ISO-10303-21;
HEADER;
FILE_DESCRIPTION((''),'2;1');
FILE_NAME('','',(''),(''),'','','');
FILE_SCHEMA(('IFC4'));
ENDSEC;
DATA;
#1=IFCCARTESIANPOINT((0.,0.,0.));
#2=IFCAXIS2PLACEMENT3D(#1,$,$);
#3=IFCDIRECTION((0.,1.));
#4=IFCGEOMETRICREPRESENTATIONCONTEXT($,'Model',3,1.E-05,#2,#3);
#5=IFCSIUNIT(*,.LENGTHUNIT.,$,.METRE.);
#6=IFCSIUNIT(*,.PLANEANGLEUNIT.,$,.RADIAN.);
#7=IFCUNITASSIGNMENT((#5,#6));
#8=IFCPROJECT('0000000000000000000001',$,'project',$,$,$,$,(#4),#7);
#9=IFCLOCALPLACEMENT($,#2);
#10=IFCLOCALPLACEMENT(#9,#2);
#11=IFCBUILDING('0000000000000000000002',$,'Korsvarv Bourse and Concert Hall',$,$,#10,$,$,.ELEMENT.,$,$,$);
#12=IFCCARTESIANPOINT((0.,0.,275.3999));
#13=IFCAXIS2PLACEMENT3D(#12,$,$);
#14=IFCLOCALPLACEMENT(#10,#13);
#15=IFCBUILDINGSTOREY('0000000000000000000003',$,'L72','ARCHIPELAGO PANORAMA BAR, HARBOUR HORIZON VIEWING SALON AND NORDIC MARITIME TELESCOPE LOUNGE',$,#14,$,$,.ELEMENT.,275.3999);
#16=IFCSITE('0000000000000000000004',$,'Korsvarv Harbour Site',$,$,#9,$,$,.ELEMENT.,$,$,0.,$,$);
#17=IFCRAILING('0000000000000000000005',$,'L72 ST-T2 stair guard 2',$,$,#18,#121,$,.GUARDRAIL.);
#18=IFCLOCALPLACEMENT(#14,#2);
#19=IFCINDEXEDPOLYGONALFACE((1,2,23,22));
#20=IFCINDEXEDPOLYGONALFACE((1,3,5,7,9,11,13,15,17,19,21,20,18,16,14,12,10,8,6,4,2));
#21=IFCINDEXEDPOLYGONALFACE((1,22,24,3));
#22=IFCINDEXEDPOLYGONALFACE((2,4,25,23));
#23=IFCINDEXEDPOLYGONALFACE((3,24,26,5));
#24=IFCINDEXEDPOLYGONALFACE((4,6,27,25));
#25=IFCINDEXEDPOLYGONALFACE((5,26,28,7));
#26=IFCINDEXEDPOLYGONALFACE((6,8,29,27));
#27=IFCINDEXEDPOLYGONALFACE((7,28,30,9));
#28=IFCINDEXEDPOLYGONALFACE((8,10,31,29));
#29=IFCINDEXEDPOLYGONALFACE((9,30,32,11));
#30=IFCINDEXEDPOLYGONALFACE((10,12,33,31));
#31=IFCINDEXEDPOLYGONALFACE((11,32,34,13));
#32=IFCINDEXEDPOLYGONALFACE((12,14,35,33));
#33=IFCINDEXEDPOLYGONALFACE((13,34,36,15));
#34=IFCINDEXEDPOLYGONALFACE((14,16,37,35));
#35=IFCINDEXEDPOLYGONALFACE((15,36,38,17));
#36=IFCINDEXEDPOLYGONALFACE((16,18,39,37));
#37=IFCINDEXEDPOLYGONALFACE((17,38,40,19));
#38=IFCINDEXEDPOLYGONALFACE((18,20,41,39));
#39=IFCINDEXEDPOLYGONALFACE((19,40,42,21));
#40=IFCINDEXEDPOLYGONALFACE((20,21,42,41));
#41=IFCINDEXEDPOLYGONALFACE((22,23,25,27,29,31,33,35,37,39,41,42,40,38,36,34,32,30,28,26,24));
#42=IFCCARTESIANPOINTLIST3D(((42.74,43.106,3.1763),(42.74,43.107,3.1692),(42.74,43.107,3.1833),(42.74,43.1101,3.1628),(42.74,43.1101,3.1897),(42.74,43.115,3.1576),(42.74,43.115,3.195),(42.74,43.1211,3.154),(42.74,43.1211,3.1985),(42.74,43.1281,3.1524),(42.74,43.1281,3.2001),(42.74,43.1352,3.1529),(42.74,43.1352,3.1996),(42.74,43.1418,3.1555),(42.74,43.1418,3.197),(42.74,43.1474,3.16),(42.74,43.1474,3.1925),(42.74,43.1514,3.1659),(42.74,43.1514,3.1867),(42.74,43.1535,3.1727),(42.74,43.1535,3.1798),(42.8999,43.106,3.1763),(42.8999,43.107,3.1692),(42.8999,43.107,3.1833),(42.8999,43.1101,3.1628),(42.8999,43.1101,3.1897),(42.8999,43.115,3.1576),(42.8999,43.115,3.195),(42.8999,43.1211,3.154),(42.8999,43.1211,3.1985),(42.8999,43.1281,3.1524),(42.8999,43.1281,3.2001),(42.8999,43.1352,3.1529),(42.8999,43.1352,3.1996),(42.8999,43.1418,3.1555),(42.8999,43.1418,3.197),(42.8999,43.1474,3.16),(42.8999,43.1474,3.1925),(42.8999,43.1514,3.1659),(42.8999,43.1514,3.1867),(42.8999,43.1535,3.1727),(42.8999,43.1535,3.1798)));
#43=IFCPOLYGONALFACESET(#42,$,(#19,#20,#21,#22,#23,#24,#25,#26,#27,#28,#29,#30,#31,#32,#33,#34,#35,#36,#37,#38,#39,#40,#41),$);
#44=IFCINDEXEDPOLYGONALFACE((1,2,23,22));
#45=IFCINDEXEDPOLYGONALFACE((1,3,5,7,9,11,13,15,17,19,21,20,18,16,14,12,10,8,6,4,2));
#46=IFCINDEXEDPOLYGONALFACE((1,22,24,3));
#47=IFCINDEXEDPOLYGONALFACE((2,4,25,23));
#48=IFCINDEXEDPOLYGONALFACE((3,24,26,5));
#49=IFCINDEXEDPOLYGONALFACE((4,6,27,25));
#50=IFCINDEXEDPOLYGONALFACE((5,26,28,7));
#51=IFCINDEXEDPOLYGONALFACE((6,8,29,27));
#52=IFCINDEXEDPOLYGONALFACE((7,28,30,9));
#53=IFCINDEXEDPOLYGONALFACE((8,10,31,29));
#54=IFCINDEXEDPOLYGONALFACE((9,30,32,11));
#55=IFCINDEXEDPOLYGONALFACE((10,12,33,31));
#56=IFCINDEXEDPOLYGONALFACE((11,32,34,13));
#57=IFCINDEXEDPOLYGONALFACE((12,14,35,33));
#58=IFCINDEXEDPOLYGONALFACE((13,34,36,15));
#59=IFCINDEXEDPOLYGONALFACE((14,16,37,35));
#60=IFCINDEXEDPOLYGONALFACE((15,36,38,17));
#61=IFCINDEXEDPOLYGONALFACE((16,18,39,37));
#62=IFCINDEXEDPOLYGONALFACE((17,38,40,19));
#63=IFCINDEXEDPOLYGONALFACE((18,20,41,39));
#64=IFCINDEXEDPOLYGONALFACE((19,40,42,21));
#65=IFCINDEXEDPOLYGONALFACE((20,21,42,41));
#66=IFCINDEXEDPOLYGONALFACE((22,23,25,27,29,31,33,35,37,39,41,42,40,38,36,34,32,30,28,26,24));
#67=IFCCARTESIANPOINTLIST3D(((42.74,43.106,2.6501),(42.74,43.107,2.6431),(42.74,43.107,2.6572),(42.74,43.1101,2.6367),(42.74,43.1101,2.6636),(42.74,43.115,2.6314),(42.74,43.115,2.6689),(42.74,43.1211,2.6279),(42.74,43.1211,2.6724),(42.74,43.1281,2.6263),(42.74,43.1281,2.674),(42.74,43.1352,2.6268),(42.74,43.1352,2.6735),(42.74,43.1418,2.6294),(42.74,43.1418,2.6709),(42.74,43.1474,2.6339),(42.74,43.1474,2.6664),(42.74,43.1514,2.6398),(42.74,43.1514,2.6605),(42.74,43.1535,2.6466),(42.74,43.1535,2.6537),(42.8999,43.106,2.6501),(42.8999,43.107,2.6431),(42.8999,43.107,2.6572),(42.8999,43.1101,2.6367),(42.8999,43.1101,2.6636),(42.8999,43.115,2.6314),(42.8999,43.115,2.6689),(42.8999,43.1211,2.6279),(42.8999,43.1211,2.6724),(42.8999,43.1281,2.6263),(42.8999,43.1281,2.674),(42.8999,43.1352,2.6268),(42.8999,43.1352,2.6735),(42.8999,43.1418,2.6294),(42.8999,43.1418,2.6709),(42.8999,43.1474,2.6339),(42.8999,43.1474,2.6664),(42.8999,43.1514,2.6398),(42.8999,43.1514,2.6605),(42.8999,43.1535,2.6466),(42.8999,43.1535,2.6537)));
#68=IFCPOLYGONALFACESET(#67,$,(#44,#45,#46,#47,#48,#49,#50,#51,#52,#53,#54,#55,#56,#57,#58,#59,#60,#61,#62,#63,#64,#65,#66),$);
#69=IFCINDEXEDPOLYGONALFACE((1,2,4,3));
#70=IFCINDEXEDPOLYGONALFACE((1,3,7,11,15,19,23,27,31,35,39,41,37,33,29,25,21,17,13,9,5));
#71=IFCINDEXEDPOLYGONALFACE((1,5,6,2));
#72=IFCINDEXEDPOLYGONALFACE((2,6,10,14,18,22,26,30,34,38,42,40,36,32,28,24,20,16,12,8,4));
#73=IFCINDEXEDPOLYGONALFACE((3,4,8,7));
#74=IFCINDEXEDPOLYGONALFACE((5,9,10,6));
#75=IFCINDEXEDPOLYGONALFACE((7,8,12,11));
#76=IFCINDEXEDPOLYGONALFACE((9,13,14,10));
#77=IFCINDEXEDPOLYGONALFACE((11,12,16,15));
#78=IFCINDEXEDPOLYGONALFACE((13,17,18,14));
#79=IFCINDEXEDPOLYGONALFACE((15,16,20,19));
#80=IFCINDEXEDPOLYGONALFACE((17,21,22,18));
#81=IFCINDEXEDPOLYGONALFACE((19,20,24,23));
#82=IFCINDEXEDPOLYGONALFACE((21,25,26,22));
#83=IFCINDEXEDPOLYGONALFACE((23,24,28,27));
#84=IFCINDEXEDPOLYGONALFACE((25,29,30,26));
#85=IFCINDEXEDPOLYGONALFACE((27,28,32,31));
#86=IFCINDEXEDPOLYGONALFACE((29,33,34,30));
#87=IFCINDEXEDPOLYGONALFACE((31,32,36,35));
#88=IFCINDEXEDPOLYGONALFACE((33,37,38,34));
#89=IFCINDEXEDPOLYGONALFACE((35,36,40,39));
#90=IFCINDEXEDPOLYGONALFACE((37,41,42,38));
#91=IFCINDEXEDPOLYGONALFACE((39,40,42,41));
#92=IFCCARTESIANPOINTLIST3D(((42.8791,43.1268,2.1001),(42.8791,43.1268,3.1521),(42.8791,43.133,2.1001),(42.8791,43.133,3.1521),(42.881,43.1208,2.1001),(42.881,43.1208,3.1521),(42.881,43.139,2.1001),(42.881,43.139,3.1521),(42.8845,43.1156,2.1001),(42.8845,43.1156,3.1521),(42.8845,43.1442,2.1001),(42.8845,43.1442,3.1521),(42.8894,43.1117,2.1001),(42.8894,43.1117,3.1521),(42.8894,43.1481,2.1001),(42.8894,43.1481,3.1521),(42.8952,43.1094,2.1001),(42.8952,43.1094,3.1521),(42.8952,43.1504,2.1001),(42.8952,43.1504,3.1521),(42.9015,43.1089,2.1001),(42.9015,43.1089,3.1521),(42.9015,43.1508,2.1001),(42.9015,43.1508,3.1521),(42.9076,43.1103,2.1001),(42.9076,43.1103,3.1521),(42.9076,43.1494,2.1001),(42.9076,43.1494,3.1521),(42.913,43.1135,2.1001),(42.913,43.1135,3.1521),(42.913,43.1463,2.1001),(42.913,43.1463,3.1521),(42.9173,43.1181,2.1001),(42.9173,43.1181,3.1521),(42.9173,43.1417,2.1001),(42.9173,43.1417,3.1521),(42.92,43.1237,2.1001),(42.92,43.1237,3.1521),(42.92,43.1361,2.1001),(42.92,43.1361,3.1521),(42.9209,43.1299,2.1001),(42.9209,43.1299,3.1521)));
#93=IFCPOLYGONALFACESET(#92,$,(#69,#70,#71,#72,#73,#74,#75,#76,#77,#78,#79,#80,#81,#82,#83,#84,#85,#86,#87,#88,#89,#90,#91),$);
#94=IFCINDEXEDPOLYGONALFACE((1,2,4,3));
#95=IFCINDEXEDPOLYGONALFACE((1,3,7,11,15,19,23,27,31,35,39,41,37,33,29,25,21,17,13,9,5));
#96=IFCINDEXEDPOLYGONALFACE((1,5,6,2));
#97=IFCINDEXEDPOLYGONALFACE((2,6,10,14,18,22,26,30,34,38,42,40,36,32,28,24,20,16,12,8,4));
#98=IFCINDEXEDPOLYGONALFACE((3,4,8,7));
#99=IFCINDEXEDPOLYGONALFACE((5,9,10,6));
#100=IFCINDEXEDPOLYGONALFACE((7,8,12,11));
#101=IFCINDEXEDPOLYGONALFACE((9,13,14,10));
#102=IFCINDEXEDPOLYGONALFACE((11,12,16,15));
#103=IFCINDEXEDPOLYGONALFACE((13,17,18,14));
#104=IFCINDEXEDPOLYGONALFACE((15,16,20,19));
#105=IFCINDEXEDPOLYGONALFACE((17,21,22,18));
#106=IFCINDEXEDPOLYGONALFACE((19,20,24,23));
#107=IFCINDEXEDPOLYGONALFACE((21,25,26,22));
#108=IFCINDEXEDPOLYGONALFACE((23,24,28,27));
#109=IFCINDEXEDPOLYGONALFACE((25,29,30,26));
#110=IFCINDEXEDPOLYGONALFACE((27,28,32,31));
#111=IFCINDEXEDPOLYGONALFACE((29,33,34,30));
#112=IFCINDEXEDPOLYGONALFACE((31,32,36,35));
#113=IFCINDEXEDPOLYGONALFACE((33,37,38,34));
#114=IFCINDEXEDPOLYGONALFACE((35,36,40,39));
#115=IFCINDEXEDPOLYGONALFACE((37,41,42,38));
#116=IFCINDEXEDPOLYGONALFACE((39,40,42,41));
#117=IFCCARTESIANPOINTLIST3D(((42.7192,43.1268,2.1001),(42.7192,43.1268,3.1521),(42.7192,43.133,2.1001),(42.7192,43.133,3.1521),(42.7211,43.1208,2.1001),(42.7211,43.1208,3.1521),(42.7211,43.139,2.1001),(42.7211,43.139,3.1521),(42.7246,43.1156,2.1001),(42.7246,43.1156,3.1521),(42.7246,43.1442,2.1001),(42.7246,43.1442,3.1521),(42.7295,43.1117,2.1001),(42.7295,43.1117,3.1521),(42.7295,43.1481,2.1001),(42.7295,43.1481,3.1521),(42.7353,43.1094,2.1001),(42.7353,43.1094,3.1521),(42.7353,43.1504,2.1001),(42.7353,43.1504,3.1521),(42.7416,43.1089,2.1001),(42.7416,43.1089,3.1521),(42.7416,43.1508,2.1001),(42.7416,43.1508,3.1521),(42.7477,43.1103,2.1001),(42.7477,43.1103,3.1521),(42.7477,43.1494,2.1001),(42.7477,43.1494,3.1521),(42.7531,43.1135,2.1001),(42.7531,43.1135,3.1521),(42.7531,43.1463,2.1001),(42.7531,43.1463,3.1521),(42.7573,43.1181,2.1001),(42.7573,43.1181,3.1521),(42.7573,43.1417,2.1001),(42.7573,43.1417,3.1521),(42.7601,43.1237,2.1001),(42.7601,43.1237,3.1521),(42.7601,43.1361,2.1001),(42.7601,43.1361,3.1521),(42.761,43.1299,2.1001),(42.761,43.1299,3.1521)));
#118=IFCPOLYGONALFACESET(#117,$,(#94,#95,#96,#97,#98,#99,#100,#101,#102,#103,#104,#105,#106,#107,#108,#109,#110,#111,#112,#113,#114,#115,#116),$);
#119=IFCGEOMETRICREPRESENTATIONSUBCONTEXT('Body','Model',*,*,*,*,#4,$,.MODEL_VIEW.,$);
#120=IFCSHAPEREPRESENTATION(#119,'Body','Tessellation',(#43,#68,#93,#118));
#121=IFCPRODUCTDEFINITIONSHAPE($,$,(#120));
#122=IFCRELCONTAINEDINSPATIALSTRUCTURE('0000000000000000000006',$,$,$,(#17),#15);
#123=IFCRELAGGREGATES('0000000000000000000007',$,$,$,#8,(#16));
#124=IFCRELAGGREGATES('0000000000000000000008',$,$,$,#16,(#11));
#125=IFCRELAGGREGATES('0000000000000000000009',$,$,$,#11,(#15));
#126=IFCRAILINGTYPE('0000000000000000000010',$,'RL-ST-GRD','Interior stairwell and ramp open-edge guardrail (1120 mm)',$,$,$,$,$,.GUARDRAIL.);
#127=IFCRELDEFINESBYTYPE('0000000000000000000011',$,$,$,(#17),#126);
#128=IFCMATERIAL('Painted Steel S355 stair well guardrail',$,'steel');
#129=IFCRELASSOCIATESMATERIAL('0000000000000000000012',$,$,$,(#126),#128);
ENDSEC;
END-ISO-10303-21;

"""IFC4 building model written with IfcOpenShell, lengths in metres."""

from ifc_helpers import new_model, si_unit, direction, frame, origin, origin_2d, place, context, subcontext, project, spatial, circle, extrude, material, type_object, element, save


model = new_model("IFC4")

# Units and contexts
model_context = context("Model", 3, precision=1e-05, world=origin(), true_north=direction((0.0, 1.0)))
body_context = subcontext(model_context, "Body", "Model", "MODEL_VIEW")
ifc_project = project(units=[si_unit("LENGTHUNIT", "METRE"), si_unit("PLANEANGLEUNIT", "RADIAN")], contexts=[model_context])

# Site, building, storey
site_placement = place(None, origin())
site = spatial("IfcSite", under=ifc_project, at=site_placement, Name="Korsvarv Harbour Site", CompositionType="ELEMENT", RefElevation=0.0)
building_placement = place(site_placement, origin())
building = spatial("IfcBuilding", under=site, at=building_placement, Name="Korsvarv Bourse and Concert Hall", CompositionType="ELEMENT")
storey_placement = place(building_placement, frame((0.0, 0.0, 275.3999)))
storey = spatial("IfcBuildingStorey", under=building, at=storey_placement, Name="L72", Description="ARCHIPELAGO PANORAMA BAR, HARBOUR HORIZON VIEWING SALON AND NORDIC MARITIME TELESCOPE LOUNGE", CompositionType="ELEMENT", Elevation=275.3999)

# Railing
ifc_material_1 = material(Name="Painted Steel S355 stair well guardrail", Category="steel")
railing_type_1 = type_object("IfcRailingType", Name="RL-ST-GRD", Description="Interior stairwell and ramp open-edge guardrail (1120 mm)", PredefinedType="GUARDRAIL", material=ifc_material_1)
railing_1_placement = place(storey_placement, frame((42.8999, 43.1299, 2.1001)))
element("IfcRailing", 1, at=railing_1_placement, inside=storey, type_object=railing_type_1, Name="L72 ST-T2 stair guard 2", PredefinedType="GUARDRAIL", context=body_context, shape_type="SweptSolid", body=[
    extrude(circle(Radius=0.0239, at=origin_2d()), frame((0.0, 0.0, 1.0762), z_axis=(-1.0, 0.0, 0.0), x_axis=(0.0, -1.0, 0.0)), (0.0, 0.0, 1.0), 0.1599),
    extrude(circle(Radius=0.0239, at=origin_2d()), frame((0.0, 0.0, 0.55), z_axis=(-1.0, 0.0, 0.0), x_axis=(0.0, -1.0, 0.0)), (0.0, 0.0, 1.0), 0.1599),
    extrude(circle(Radius=0.021, at=origin_2d()), origin(), (0.0, 0.0, 1.0), 1.052),
    extrude(circle(Radius=0.021, at=origin_2d()), frame((-0.1599, 0.0, 0.0)), (0.0, 0.0, 1.0), 1.052),
])

save(model, "model.ifc")
